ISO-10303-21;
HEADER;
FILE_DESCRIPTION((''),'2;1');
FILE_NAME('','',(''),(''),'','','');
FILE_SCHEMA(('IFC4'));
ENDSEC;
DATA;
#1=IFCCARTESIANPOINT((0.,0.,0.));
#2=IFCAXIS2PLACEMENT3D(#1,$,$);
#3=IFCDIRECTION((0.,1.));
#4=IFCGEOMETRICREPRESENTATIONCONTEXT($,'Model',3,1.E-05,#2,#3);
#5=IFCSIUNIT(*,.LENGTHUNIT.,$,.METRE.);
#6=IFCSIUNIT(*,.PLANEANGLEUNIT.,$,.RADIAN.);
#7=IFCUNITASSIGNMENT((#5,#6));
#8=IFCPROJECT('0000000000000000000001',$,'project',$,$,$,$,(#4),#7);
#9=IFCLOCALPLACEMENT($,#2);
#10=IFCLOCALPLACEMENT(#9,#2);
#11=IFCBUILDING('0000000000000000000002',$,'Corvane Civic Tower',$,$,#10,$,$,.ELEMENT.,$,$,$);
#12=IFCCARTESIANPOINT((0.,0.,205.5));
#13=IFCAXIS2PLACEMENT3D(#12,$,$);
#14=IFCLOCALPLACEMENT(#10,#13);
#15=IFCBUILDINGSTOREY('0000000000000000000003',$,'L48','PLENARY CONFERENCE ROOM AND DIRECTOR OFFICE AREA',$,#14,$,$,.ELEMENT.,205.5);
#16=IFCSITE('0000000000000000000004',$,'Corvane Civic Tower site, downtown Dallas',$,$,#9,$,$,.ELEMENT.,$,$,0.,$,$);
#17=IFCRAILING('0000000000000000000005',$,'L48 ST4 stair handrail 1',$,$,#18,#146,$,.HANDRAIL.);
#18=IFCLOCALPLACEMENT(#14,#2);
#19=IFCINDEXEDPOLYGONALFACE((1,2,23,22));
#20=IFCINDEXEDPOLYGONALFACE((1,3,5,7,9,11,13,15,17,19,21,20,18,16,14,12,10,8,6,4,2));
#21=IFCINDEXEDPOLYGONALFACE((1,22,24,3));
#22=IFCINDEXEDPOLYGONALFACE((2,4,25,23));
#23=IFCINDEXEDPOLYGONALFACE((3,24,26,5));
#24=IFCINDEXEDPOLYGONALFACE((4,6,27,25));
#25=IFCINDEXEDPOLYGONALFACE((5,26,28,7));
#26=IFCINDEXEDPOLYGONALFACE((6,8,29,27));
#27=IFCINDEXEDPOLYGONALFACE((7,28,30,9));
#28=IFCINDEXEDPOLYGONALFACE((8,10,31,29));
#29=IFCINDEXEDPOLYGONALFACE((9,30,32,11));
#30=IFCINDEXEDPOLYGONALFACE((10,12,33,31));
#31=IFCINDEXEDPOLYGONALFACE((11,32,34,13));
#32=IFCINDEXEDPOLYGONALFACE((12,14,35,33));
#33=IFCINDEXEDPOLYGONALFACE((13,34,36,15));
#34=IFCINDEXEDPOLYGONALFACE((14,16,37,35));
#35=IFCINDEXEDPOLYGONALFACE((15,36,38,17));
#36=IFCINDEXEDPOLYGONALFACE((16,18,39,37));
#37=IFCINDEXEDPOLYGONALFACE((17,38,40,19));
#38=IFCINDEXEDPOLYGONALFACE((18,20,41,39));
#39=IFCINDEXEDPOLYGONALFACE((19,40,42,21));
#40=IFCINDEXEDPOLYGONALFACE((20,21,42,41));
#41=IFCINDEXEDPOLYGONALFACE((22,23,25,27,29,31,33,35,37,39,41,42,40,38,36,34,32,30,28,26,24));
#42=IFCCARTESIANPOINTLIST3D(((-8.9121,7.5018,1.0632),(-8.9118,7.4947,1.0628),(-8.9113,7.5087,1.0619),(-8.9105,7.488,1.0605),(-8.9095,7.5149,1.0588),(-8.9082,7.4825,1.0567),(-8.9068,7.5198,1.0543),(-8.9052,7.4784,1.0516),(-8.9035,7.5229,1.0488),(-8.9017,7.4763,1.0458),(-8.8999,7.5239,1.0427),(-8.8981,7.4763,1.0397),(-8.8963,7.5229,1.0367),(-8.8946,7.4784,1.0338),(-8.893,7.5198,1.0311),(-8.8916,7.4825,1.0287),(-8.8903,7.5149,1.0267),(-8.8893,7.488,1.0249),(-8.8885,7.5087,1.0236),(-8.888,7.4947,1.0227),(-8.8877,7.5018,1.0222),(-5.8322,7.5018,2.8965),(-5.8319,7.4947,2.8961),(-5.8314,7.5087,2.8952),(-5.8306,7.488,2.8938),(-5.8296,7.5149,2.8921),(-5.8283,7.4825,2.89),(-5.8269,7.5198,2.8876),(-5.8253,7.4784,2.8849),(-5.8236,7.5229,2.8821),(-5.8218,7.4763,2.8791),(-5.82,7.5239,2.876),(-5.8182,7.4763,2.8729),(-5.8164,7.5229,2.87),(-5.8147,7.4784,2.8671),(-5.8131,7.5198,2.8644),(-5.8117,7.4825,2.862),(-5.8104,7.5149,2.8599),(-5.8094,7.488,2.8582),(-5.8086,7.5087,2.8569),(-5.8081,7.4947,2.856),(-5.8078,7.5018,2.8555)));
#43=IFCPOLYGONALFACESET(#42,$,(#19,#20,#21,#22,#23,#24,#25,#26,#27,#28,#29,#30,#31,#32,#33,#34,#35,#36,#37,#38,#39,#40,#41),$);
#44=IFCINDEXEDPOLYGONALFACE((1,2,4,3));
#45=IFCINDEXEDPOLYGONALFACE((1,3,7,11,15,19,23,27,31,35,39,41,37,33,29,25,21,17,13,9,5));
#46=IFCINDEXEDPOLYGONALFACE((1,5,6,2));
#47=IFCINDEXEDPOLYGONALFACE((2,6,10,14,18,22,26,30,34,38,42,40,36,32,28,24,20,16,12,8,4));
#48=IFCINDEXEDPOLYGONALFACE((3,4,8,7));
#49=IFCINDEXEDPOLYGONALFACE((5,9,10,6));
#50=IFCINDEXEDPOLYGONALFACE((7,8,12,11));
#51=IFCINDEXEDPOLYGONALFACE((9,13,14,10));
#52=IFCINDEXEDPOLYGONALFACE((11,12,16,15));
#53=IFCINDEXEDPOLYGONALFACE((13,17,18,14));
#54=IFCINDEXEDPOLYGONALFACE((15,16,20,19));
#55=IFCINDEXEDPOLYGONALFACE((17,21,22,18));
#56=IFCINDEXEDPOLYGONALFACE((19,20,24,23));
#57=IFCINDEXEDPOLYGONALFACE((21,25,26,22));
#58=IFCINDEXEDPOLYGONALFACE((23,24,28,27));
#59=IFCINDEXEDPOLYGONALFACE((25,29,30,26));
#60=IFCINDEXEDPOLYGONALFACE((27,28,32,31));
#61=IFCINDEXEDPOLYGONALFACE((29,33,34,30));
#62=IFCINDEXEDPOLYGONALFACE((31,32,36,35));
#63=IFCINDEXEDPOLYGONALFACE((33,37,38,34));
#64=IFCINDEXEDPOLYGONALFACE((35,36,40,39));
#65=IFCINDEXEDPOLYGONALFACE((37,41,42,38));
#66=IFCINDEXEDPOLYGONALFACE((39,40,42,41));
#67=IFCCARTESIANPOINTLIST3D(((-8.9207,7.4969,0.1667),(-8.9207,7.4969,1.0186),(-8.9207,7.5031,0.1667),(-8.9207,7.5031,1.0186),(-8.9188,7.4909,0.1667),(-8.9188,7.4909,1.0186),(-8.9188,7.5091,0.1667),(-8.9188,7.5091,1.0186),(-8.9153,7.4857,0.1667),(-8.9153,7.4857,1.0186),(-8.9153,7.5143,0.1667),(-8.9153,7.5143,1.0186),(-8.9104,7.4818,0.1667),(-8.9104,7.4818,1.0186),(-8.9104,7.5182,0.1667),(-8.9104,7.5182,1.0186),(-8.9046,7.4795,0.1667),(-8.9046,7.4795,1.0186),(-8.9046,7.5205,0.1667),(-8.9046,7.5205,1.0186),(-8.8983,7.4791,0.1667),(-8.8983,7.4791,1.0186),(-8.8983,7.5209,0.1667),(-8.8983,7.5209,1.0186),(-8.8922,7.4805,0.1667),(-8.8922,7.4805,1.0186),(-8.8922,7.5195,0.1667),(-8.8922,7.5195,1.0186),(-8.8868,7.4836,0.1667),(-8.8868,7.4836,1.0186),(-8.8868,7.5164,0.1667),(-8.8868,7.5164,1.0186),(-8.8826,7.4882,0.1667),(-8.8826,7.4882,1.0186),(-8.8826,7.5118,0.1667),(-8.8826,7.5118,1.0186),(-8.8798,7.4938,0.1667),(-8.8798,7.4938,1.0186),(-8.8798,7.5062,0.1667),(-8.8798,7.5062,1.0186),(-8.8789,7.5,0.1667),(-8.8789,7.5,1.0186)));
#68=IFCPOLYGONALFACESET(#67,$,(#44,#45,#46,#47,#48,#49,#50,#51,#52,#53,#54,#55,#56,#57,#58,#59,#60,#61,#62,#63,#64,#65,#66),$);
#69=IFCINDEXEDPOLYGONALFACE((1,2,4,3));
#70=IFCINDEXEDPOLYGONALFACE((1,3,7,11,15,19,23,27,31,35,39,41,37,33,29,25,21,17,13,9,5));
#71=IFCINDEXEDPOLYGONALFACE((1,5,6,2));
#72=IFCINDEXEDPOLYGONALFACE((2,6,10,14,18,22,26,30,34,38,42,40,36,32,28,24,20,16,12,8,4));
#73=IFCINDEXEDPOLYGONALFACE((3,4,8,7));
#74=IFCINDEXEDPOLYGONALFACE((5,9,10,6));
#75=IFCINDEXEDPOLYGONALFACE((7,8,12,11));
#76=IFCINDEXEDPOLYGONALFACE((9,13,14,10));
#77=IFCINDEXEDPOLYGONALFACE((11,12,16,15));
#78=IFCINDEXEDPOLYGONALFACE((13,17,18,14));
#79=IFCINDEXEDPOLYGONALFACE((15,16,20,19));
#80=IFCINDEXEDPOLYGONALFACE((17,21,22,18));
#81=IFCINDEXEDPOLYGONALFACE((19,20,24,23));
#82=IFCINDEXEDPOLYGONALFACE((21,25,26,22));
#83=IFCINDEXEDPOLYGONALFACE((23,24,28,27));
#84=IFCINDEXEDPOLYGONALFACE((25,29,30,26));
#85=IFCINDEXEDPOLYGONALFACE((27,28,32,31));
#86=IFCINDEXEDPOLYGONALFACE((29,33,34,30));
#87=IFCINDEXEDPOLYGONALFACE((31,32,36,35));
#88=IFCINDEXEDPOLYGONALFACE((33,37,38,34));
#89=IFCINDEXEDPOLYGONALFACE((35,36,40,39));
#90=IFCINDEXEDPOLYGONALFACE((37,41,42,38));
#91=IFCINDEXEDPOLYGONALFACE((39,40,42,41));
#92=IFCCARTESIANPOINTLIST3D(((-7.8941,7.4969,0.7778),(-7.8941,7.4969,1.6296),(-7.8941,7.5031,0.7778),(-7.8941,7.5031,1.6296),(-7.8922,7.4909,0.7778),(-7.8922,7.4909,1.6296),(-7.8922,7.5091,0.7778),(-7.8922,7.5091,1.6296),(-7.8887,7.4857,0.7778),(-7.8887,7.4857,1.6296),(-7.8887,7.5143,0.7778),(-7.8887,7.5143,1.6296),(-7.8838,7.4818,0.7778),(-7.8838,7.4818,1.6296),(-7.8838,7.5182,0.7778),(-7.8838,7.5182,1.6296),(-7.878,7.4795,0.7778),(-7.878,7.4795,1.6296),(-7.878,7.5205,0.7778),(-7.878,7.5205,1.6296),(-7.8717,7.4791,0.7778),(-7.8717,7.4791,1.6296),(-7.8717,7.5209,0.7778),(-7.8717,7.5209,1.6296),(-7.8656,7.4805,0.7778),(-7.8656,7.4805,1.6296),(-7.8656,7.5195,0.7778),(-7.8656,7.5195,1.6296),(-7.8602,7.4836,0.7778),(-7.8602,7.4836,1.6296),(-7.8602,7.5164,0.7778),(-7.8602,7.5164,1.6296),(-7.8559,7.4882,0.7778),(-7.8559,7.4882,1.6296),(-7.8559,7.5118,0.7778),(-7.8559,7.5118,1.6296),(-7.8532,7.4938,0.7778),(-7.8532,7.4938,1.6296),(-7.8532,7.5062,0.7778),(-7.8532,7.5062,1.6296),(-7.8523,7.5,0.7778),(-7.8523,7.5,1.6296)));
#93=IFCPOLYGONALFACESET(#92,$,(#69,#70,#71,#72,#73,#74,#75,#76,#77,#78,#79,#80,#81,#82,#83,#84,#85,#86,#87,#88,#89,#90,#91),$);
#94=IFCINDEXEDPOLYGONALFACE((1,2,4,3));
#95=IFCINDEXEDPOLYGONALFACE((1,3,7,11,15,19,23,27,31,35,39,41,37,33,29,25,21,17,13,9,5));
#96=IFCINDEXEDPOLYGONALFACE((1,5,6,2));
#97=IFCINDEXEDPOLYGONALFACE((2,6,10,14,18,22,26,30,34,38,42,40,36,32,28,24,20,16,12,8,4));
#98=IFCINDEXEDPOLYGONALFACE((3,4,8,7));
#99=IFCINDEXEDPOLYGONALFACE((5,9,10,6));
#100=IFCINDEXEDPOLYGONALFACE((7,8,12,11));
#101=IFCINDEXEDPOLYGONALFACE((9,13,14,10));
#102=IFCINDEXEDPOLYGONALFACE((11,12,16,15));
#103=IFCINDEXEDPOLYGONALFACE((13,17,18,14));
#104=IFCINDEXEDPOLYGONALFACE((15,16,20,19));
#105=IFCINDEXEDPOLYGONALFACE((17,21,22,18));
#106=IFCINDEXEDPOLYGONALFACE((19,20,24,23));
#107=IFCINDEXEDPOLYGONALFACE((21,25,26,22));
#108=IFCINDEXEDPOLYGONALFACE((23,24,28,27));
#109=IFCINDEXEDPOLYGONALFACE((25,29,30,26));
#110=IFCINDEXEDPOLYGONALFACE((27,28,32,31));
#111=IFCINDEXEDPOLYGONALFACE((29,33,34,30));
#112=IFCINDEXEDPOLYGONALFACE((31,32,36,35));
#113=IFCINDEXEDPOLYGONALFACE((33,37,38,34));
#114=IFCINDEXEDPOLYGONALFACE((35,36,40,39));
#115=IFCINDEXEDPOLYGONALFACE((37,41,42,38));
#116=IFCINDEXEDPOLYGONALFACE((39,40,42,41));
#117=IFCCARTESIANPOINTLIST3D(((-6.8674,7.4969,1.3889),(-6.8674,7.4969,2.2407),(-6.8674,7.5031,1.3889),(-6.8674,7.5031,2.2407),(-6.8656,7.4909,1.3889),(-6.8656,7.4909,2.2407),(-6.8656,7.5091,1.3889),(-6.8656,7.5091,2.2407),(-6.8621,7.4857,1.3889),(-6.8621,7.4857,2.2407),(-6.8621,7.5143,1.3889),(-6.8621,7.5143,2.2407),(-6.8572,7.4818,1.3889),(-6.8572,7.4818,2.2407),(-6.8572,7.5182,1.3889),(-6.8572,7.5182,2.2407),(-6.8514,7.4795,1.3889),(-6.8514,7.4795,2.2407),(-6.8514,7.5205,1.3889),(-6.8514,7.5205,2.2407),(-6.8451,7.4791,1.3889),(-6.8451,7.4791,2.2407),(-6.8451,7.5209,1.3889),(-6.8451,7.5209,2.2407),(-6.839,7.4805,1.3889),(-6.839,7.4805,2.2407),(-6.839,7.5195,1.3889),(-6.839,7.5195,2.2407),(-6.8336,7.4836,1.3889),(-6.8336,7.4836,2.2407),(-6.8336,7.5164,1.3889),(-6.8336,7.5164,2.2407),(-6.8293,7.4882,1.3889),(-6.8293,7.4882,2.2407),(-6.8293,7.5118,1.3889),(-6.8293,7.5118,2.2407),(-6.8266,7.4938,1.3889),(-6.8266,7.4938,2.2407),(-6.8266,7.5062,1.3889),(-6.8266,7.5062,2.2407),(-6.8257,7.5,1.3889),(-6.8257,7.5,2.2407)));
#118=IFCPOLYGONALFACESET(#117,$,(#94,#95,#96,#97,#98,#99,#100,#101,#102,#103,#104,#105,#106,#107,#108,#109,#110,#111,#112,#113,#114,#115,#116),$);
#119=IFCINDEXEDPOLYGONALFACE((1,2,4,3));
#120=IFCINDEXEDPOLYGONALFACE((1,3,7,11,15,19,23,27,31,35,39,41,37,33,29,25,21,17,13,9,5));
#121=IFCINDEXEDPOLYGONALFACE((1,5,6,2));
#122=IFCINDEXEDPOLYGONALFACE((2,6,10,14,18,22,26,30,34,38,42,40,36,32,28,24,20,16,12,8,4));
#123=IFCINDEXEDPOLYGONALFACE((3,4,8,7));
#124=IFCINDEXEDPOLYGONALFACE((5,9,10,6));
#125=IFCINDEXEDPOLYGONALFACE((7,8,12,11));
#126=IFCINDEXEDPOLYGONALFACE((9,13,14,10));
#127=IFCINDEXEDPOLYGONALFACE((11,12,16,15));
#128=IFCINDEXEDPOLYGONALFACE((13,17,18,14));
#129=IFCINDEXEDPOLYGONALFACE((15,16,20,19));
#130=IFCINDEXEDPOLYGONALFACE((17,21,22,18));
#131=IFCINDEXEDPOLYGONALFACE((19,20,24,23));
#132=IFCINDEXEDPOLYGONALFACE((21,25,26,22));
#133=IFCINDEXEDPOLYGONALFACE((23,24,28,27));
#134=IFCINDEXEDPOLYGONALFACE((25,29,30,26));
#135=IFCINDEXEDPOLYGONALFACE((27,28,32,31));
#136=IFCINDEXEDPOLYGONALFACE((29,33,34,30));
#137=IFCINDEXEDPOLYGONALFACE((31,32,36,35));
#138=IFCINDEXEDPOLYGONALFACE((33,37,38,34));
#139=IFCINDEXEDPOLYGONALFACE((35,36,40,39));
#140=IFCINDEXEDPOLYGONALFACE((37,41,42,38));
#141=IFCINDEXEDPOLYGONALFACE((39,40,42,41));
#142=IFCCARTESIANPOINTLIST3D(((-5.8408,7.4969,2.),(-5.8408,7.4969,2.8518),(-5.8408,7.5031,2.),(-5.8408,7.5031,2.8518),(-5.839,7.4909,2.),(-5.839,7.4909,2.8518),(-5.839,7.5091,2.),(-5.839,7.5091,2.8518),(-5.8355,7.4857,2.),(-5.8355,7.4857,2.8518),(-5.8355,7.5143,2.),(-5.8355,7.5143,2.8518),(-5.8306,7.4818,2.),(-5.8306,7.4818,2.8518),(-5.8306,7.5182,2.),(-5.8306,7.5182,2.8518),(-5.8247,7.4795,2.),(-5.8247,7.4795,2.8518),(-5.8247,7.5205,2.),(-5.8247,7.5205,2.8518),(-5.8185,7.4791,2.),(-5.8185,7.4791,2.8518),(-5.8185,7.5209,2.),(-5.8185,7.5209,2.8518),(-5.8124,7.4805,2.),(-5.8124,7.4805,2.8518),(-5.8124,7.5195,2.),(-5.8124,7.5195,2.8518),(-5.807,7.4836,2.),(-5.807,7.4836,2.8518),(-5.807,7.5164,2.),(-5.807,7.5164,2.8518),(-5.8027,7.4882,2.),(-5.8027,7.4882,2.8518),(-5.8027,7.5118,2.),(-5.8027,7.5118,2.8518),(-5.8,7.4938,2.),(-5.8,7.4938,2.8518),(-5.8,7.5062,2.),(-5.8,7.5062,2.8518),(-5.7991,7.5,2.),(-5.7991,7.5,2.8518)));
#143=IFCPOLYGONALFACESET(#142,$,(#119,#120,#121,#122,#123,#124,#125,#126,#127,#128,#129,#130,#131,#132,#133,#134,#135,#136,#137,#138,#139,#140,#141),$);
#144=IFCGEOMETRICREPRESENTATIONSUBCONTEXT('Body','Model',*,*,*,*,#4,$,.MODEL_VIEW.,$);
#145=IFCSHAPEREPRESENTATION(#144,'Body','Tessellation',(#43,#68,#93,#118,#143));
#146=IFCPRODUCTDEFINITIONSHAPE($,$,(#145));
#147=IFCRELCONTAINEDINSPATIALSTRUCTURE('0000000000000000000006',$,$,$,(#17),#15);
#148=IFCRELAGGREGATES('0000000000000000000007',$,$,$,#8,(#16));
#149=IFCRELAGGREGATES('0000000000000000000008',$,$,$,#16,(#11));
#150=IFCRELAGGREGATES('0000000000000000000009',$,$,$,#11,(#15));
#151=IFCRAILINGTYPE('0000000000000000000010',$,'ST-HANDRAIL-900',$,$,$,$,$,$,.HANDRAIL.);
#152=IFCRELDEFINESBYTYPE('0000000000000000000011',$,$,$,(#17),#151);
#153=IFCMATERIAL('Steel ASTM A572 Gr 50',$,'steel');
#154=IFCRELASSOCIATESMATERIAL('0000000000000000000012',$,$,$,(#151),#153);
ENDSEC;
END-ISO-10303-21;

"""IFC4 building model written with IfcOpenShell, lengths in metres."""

from ifc_helpers import new_model, si_unit, direction, frame, origin, origin_2d, place, context, subcontext, project, spatial, circle, extrude, material, type_object, element, save


model = new_model("IFC4")

# Units and contexts
model_context = context("Model", 3, precision=1e-05, world=origin(), true_north=direction((0.0, 1.0)))
body_context = subcontext(model_context, "Body", "Model", "MODEL_VIEW")
ifc_project = project(units=[si_unit("LENGTHUNIT", "METRE"), si_unit("PLANEANGLEUNIT", "RADIAN")], contexts=[model_context])

# Site, building, storey
site_placement = place(None, origin())
site = spatial("IfcSite", under=ifc_project, at=site_placement, Name="Corvane Civic Tower site, downtown Dallas", CompositionType="ELEMENT", RefElevation=0.0)
building_placement = place(site_placement, origin())
building = spatial("IfcBuilding", under=site, at=building_placement, Name="Corvane Civic Tower", CompositionType="ELEMENT")
storey_placement = place(building_placement, frame((0.0, 0.0, 205.5)))
storey = spatial("IfcBuildingStorey", under=building, at=storey_placement, Name="L48", Description="PLENARY CONFERENCE ROOM AND DIRECTOR OFFICE AREA", CompositionType="ELEMENT", Elevation=205.5)

# Railing
ifc_material_1 = material(Name="Steel ASTM A572 Gr 50", Category="steel")
railing_type_1 = type_object("IfcRailingType", Name="ST-HANDRAIL-900", PredefinedType="HANDRAIL", material=ifc_material_1)
railing_1_placement = place(storey_placement, frame((-8.8999, 7.5, 0.1667)))
element("IfcRailing", 1, at=railing_1_placement, inside=storey, type_object=railing_type_1, Name="L48 ST4 stair handrail 1", PredefinedType="HANDRAIL", context=body_context, shape_type="SweptSolid", body=[
    extrude(circle(Radius=0.0239, at=origin_2d()), frame((0.0, 0.0, 0.876), z_axis=(0.859291, 0.0, 0.511487), x_axis=(0.0, 1.0, 0.0)), (0.0, 0.0, 1.0), 3.5842),
    extrude(circle(Radius=0.021, at=origin_2d()), origin(), (0.0, 0.0, 1.0), 0.8518),
    extrude(circle(Radius=0.021, at=origin_2d()), frame((1.0266, 0.0, 0.6111)), (0.0, 0.0, 1.0), 0.8518),
    extrude(circle(Radius=0.021, at=origin_2d()), frame((2.0532, 0.0, 1.2222)), (0.0, 0.0, 1.0), 0.8518),
    extrude(circle(Radius=0.021, at=origin_2d()), frame((3.0798, 0.0, 1.8333)), (0.0, 0.0, 1.0), 0.8518),
])

save(model, "model.ifc")
